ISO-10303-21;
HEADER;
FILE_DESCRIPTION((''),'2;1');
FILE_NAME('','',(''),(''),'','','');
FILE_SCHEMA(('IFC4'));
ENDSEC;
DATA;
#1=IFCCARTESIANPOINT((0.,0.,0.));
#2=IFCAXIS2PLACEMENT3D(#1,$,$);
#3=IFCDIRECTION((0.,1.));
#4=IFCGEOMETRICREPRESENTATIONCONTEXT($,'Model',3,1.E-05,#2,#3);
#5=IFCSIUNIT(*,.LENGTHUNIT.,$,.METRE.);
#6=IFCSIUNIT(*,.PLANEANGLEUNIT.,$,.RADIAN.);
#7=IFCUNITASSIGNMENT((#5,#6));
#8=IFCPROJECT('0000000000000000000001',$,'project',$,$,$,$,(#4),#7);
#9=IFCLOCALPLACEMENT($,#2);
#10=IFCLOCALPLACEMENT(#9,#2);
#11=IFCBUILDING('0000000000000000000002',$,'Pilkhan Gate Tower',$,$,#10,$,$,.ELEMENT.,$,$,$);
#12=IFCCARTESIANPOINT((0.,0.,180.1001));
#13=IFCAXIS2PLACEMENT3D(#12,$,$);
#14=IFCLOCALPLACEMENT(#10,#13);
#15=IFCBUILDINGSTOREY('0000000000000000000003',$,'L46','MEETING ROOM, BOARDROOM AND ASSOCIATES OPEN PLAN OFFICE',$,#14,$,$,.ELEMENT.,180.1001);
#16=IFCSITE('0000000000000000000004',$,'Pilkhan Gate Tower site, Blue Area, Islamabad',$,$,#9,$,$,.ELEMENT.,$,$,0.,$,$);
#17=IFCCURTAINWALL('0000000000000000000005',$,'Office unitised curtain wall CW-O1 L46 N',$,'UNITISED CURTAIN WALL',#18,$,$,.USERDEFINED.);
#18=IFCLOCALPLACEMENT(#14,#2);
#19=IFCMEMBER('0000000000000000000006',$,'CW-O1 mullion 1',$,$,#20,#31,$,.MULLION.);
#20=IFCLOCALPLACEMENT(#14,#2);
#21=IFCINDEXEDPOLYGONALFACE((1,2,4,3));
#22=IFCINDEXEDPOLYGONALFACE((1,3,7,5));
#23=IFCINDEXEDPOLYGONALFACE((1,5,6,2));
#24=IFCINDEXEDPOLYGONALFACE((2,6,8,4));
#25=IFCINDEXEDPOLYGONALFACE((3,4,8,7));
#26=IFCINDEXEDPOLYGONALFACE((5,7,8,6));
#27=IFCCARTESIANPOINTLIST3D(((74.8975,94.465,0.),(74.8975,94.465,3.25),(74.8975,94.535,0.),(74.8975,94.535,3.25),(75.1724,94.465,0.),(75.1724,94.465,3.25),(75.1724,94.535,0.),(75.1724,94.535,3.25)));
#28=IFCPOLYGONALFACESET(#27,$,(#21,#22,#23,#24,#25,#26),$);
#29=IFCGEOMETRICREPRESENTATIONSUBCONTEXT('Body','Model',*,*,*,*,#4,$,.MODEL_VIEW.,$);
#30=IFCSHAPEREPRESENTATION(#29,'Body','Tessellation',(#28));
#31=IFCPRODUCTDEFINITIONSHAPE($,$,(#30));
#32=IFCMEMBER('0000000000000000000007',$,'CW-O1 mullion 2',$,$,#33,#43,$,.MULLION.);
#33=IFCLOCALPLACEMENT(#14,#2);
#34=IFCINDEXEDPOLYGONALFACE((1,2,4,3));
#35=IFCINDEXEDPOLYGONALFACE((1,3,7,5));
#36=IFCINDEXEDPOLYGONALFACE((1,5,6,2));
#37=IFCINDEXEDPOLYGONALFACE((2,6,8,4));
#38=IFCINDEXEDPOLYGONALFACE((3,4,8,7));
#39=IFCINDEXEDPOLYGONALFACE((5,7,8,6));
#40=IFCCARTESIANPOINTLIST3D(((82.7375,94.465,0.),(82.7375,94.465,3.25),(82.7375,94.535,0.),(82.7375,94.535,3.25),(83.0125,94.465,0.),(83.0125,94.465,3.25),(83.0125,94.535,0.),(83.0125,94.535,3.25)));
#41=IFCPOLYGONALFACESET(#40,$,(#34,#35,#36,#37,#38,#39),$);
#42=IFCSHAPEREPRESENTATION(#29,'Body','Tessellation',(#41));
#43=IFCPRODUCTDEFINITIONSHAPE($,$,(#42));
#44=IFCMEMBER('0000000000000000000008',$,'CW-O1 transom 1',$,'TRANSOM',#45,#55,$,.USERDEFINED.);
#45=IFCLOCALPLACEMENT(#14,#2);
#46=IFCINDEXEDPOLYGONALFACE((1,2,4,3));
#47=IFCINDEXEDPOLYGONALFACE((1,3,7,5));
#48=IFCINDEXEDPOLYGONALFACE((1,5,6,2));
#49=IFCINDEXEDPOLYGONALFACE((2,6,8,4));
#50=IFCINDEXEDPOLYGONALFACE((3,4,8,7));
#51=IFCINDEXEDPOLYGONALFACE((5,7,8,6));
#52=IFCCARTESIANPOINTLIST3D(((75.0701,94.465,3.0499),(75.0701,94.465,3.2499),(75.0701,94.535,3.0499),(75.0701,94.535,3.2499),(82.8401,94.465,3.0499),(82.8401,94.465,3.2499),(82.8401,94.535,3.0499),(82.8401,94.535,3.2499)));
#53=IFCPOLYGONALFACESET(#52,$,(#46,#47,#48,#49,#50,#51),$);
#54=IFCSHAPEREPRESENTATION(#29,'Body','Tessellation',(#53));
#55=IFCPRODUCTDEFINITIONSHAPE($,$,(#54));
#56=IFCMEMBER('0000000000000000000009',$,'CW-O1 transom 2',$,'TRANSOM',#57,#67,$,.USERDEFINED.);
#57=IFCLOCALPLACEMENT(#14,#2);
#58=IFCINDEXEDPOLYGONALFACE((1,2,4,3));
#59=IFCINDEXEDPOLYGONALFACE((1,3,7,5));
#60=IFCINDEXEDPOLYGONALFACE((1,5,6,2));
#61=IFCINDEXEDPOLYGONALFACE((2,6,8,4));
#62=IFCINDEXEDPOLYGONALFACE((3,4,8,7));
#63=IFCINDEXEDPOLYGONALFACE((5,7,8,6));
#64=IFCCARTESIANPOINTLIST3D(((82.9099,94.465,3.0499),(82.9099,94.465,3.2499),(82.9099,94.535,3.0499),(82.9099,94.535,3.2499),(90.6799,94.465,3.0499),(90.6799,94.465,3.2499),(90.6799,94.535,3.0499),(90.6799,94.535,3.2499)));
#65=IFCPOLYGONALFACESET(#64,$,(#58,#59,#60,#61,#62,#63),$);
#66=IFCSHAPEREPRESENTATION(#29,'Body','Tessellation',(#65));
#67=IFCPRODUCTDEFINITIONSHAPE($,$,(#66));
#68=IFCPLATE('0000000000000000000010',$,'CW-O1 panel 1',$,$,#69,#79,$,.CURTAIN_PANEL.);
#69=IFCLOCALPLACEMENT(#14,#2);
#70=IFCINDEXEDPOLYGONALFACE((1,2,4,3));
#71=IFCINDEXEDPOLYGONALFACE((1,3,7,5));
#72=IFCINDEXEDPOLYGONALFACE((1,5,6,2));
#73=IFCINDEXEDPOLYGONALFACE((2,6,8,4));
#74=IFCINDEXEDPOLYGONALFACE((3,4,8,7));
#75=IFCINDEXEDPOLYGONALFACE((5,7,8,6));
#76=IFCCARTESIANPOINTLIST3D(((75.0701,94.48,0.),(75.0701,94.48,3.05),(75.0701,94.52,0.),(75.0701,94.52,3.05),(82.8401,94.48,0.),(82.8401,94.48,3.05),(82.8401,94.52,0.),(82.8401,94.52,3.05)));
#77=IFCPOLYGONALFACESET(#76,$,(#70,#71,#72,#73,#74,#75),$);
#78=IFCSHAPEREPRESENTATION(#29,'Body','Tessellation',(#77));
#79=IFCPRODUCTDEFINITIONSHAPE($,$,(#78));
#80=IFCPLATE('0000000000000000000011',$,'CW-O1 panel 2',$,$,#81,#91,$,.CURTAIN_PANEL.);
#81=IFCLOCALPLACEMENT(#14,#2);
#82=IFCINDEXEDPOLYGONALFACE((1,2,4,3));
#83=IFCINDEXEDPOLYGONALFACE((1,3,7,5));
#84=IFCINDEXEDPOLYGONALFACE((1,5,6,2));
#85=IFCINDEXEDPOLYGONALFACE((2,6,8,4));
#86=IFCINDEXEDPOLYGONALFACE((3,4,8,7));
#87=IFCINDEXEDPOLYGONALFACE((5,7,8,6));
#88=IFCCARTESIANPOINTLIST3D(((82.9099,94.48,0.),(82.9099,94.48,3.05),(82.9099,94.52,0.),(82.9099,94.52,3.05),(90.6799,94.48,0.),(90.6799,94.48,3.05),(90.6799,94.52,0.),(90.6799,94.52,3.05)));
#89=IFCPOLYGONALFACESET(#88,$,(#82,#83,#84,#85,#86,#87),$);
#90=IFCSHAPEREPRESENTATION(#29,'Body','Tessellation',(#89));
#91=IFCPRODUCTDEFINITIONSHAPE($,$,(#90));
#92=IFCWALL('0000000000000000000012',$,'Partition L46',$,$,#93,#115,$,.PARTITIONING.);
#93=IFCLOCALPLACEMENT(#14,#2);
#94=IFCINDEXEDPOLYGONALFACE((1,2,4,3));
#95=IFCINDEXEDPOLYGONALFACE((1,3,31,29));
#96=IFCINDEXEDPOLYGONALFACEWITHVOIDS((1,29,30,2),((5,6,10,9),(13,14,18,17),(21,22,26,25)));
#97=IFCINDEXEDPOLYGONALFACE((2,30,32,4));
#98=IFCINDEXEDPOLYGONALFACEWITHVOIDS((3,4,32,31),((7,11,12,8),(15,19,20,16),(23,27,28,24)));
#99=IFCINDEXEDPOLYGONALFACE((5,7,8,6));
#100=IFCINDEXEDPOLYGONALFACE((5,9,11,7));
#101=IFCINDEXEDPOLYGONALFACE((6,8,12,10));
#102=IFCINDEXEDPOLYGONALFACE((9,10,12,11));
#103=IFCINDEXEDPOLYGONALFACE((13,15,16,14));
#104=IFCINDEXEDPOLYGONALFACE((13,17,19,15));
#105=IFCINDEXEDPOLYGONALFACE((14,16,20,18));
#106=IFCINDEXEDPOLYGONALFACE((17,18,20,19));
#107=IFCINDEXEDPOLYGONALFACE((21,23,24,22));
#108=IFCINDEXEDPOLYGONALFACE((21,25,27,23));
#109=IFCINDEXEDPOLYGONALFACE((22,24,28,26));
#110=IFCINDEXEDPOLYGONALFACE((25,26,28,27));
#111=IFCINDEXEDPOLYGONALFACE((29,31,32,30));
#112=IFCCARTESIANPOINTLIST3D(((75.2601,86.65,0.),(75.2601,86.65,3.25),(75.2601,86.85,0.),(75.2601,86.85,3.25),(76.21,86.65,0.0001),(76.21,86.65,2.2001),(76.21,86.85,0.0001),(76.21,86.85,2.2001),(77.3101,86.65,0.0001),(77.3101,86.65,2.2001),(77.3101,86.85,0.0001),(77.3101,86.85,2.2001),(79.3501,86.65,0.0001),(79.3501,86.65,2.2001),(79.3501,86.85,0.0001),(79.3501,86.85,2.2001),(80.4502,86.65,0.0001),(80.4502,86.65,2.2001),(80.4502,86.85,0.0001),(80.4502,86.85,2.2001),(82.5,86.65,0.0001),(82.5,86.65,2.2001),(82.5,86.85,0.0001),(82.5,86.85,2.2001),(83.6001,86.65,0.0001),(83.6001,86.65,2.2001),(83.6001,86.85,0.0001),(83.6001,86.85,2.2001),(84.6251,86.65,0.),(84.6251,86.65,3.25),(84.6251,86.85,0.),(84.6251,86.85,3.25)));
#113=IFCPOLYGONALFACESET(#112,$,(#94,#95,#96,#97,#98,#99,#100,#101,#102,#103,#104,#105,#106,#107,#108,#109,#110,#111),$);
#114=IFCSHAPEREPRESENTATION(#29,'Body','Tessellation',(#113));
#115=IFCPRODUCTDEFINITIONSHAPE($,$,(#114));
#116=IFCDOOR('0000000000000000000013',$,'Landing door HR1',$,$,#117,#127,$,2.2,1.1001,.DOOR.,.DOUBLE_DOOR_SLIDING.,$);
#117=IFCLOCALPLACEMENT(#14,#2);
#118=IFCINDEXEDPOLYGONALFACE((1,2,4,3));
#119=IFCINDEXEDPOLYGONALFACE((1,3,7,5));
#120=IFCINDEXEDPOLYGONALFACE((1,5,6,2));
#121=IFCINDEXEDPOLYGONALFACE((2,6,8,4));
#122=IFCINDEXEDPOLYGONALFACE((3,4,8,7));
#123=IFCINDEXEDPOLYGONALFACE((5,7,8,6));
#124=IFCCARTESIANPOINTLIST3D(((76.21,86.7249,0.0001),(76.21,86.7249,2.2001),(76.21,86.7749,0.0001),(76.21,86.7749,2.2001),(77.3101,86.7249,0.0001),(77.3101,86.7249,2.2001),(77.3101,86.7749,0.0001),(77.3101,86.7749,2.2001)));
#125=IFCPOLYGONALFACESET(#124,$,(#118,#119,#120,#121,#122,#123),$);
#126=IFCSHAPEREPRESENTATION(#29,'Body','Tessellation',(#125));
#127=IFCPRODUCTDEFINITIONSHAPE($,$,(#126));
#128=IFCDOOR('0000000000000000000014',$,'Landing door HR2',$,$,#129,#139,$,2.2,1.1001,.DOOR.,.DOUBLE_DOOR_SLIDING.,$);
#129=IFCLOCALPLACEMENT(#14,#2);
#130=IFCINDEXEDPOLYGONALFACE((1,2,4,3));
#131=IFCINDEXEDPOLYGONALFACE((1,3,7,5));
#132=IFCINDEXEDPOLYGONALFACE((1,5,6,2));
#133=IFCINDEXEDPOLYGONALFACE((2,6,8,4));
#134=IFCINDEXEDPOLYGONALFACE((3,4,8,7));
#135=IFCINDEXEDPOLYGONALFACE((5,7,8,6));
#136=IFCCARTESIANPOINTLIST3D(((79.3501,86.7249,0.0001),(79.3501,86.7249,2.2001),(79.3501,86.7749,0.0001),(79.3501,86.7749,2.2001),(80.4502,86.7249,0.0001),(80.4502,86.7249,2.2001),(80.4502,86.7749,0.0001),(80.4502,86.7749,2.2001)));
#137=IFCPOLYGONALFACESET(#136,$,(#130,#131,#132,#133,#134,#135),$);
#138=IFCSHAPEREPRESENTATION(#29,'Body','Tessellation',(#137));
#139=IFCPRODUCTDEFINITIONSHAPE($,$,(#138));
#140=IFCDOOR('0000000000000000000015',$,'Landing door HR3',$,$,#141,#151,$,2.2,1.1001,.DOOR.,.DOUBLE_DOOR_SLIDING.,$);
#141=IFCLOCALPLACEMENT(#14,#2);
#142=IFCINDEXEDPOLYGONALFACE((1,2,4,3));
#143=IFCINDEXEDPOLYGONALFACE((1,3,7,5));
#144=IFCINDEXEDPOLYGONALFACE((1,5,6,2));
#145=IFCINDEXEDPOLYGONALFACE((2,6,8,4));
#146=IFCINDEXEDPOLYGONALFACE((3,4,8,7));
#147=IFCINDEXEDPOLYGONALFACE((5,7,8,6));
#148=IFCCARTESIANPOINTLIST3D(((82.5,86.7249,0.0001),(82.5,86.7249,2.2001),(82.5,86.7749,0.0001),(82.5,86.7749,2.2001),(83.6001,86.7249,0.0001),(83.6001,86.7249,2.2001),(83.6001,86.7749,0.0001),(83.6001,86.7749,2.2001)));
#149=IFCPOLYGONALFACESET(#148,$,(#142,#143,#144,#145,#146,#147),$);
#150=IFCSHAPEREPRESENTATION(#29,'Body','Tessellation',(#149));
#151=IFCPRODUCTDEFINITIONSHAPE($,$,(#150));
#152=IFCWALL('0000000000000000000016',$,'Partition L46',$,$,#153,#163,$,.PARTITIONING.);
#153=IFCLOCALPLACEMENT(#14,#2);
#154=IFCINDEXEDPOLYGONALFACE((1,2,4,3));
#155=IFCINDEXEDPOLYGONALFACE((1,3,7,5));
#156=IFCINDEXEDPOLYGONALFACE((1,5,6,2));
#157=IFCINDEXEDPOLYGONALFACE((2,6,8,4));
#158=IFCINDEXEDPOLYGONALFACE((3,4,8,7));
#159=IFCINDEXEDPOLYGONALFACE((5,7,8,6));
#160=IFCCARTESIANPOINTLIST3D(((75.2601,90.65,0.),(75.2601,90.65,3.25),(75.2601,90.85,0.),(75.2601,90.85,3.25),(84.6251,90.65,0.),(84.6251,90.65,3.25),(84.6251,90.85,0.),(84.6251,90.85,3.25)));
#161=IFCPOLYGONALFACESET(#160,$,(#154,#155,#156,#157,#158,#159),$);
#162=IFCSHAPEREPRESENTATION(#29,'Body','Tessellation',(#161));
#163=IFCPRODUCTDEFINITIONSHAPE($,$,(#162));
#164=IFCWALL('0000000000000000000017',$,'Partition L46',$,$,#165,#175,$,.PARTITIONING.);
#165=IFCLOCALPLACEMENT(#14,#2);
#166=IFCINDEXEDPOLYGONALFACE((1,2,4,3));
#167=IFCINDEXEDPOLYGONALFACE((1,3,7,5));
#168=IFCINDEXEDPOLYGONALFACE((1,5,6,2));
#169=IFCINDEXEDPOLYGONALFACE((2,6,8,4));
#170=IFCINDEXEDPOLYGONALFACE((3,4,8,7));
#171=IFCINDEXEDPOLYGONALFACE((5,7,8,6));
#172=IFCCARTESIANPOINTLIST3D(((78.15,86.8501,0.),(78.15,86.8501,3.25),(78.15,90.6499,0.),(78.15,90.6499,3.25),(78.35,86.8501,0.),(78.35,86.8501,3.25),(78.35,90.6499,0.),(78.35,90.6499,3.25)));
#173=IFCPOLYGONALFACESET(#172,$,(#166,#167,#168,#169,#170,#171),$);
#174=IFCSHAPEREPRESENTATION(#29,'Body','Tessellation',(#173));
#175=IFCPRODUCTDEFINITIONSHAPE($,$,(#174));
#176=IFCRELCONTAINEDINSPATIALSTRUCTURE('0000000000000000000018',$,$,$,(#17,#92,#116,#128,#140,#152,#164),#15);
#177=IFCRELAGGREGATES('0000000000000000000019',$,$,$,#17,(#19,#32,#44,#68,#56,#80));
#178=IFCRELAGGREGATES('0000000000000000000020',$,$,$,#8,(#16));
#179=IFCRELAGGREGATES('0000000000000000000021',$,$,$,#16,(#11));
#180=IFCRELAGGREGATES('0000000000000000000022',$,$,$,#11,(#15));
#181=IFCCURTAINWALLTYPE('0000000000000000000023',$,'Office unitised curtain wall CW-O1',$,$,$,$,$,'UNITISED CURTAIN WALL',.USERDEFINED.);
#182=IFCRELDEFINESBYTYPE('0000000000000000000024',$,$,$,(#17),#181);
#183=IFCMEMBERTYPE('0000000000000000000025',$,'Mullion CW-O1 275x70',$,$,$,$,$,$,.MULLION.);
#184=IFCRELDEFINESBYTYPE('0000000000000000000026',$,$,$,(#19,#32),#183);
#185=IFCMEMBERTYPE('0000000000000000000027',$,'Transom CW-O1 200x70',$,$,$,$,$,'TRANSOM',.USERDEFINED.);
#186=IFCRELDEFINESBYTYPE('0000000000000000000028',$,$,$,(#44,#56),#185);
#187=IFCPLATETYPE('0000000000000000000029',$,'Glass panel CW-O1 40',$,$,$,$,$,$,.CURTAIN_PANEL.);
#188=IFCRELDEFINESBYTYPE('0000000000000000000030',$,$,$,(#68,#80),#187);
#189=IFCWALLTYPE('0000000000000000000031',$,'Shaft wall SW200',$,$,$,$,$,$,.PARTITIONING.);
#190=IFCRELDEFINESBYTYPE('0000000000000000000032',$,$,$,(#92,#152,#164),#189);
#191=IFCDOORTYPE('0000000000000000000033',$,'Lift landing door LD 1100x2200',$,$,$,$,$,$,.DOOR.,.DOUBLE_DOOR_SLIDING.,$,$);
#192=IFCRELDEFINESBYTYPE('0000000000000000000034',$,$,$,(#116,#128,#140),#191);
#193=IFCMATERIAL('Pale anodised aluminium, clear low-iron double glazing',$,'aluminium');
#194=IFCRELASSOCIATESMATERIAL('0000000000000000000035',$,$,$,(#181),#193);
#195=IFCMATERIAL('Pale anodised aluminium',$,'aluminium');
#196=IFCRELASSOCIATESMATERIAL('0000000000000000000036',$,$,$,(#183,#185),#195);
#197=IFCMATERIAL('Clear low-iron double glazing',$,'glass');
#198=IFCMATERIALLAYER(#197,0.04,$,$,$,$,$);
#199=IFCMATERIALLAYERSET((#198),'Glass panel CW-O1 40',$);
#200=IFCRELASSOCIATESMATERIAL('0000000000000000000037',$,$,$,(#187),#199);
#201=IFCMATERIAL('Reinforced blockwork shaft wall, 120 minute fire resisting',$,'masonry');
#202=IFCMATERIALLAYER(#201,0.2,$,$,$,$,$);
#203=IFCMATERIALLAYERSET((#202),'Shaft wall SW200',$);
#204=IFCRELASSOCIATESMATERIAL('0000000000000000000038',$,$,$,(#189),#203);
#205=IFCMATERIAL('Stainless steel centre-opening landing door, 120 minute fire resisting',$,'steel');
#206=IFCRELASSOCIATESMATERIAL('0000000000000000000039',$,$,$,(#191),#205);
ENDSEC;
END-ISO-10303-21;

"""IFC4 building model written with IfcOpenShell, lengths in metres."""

from ifc_helpers import new_model, si_unit, direction, frame, frame_2d, origin, origin_2d, place, context, subcontext, project, spatial, rectangle, extrude, material, layer, layer_set, material_profile, profile_set, type_object, element, fill, aggregate, save


model = new_model("IFC4")

# Units and contexts
model_context = context("Model", 3, precision=1e-05, world=origin(), true_north=direction((0.0, 1.0)))
body_context = subcontext(model_context, "Body", "Model", "MODEL_VIEW")
ifc_project = project(units=[si_unit("LENGTHUNIT", "METRE"), si_unit("PLANEANGLEUNIT", "RADIAN")], contexts=[model_context])

# Site, building, storey
site_placement = place(None, origin())
site = spatial("IfcSite", under=ifc_project, at=site_placement, Name="Pilkhan Gate Tower site, Blue Area, Islamabad", CompositionType="ELEMENT", RefElevation=0.0)
building_placement = place(site_placement, origin())
building = spatial("IfcBuilding", under=site, at=building_placement, Name="Pilkhan Gate Tower", CompositionType="ELEMENT")
storey_placement = place(building_placement, frame((0.0, 0.0, 180.1001)))
storey = spatial("IfcBuildingStorey", under=building, at=storey_placement, Name="L46", Description="MEETING ROOM, BOARDROOM AND ASSOCIATES OPEN PLAN OFFICE", CompositionType="ELEMENT", Elevation=180.1001)

# Curtain wall, members, plates
ifc_material_1 = material(Name="Pale anodised aluminium, clear low-iron double glazing", Category="aluminium")
curtain_wall_type = type_object("IfcCurtainWallType", Name="Office unitised curtain wall CW-O1", ElementType="UNITISED CURTAIN WALL", PredefinedType="USERDEFINED", material=ifc_material_1)
curtain_wall_placement = place(storey_placement, origin())
curtain_wall = element("IfcCurtainWall", 1, at=curtain_wall_placement, inside=storey, type_object=curtain_wall_type, Name="Office unitised curtain wall CW-O1 L46 N", ObjectType="UNITISED CURTAIN WALL", PredefinedType="USERDEFINED")
ifc_material_2 = material(Name="Pale anodised aluminium", Category="aluminium")
ifc_material_profile_1 = material_profile(ifc_material_2, rectangle(XDim=0.0701, YDim=0.2749, at=origin_2d()), Name="Mullion 275x70")
ifc_profile_set_1 = profile_set([ifc_material_profile_1], Name="Pale anodised aluminium")
member_type_1 = type_object("IfcMemberType", Name="Mullion CW-O1 275x70", PredefinedType="MULLION", material=ifc_profile_set_1)
member_1_placement = place(storey_placement, frame((75.0349, 94.5, 0.0), z_axis=(0.0, 0.0, 1.0), x_axis=(0.0, 1.0, 0.0)))
member_1 = element("IfcMember", 2, at=member_1_placement, type_object=member_type_1, Name="CW-O1 mullion 1", PredefinedType="MULLION", context=body_context, shape_type="SweptSolid", body=[
    extrude(rectangle(XDim=0.0701, YDim=0.2749, at=origin_2d()), origin(), (0.0, 0.0, 1.0), 3.25),
])
member_2_placement = place(storey_placement, frame((82.875, 94.5, 0.0), z_axis=(0.0, 0.0, 1.0), x_axis=(0.0, 1.0, 0.0)))
member_2 = element("IfcMember", 3, at=member_2_placement, type_object=member_type_1, Name="CW-O1 mullion 2", PredefinedType="MULLION", context=body_context, shape_type="SweptSolid", body=[
    extrude(rectangle(XDim=0.0701, YDim=0.2749, at=origin_2d()), origin(), (0.0, 0.0, 1.0), 3.25),
])
ifc_material_profile_2 = material_profile(ifc_material_2, rectangle(XDim=0.0701, YDim=0.2, at=origin_2d()), Name="Transom 200x70")
ifc_profile_set_2 = profile_set([ifc_material_profile_2], Name="Pale anodised aluminium")
member_type_2 = type_object("IfcMemberType", Name="Transom CW-O1 200x70", ElementType="TRANSOM", PredefinedType="USERDEFINED", material=ifc_profile_set_2)
member_3_placement = place(storey_placement, frame((75.0701, 94.5, 3.1499), z_axis=(1.0, 0.0, 0.0), x_axis=(0.0, 1.0, 0.0)))
member_3 = element("IfcMember", 4, at=member_3_placement, type_object=member_type_2, Name="CW-O1 transom 1", ObjectType="TRANSOM", PredefinedType="USERDEFINED", context=body_context, shape_type="SweptSolid", body=[
    extrude(rectangle(XDim=0.0701, YDim=0.2, at=origin_2d()), origin(), (0.0, 0.0, 1.0), 7.77),
])
member_4_placement = place(storey_placement, frame((82.9099, 94.5, 3.1499), z_axis=(1.0, 0.0, 0.0), x_axis=(0.0, 1.0, 0.0)))
member_4 = element("IfcMember", 5, at=member_4_placement, type_object=member_type_2, Name="CW-O1 transom 2", ObjectType="TRANSOM", PredefinedType="USERDEFINED", context=body_context, shape_type="SweptSolid", body=[
    extrude(rectangle(XDim=0.0701, YDim=0.2, at=origin_2d()), origin(), (0.0, 0.0, 1.0), 7.77),
])
ifc_material_3 = material(Name="Clear low-iron double glazing", Category="glass")
ifc_layer_1 = layer(ifc_material_3, 0.04)
ifc_layer_set_1 = layer_set([ifc_layer_1], Name="Glass panel CW-O1 40")
plate_type = type_object("IfcPlateType", Name="Glass panel CW-O1 40", PredefinedType="CURTAIN_PANEL", material=ifc_layer_set_1)
plate_1_placement = place(storey_placement, frame((78.9551, 94.5, 0.0), z_axis=(0.0, 0.0, 1.0), x_axis=(1.0, 0.0, 0.0)))
plate_1 = element("IfcPlate", 6, at=plate_1_placement, type_object=plate_type, Name="CW-O1 panel 1", PredefinedType="CURTAIN_PANEL", context=body_context, shape_type="SweptSolid", body=[
    extrude(rectangle(XDim=7.77, YDim=0.04, at=origin_2d()), origin(), (0.0, 0.0, 1.0), 3.05),
])
plate_2_placement = place(storey_placement, frame((86.7949, 94.5, 0.0), z_axis=(0.0, 0.0, 1.0), x_axis=(1.0, 0.0, 0.0)))
plate_2 = element("IfcPlate", 7, at=plate_2_placement, type_object=plate_type, Name="CW-O1 panel 2", PredefinedType="CURTAIN_PANEL", context=body_context, shape_type="SweptSolid", body=[
    extrude(rectangle(XDim=7.77, YDim=0.04, at=origin_2d()), origin(), (0.0, 0.0, 1.0), 3.05),
])
aggregate(curtain_wall, [member_1, member_2, member_3, plate_1, member_4, plate_2])

# Wall, openings, doors
ifc_material_4 = material(Name="Reinforced blockwork shaft wall, 120 minute fire resisting", Category="masonry")
ifc_layer_2 = layer(ifc_material_4, 0.2)
ifc_layer_set_2 = layer_set([ifc_layer_2], Name="Shaft wall SW200")
wall_type_1 = type_object("IfcWallType", Name="Shaft wall SW200", PredefinedType="PARTITIONING", material=ifc_layer_set_2)
wall_1_placement = place(storey_placement, frame((75.26, 86.75, 0.0), z_axis=(0.0, 0.0, 1.0), x_axis=(1.0, 0.0, 0.0)))
wall_1 = element("IfcWall", 8, at=wall_1_placement, inside=storey, type_object=wall_type_1, Name="Partition L46", PredefinedType="PARTITIONING", context=body_context, shape_type="SweptSolid", body=[
    extrude(rectangle(XDim=9.365, YDim=0.2, at=frame_2d((4.6826, 0.0))), origin(), (0.0, 0.0, 1.0), 3.25),
])
opening_1_placement = place(wall_1_placement, frame((0.95, 0.0, 0.0)))
opening_1 = element("IfcOpeningElement", 9, at=opening_1_placement, cuts=wall_1, PredefinedType="OPENING", context=body_context, shape_type="SweptSolid", body=[
    extrude(rectangle(XDim=1.1001, YDim=2.2, at=frame_2d((0.55, 1.1001))), frame((0.0, 0.1099, 0.0), z_axis=(0.0, -1.0, 0.0), x_axis=(1.0, 0.0, 0.0)), (0.0, 0.0, 1.0), 0.22),
])
opening_2_placement = place(wall_1_placement, frame((4.0901, 0.0, 0.0)))
opening_2 = element("IfcOpeningElement", 10, at=opening_2_placement, cuts=wall_1, PredefinedType="OPENING", context=body_context, shape_type="SweptSolid", body=[
    extrude(rectangle(XDim=1.1001, YDim=2.2, at=frame_2d((0.55, 1.1001))), frame((0.0, 0.1099, 0.0), z_axis=(0.0, -1.0, 0.0), x_axis=(1.0, 0.0, 0.0)), (0.0, 0.0, 1.0), 0.22),
])
opening_3_placement = place(wall_1_placement, frame((7.24, 0.0, 0.0)))
opening_3 = element("IfcOpeningElement", 11, at=opening_3_placement, cuts=wall_1, PredefinedType="OPENING", context=body_context, shape_type="SweptSolid", body=[
    extrude(rectangle(XDim=1.1001, YDim=2.2, at=frame_2d((0.55, 1.1001))), frame((0.0, 0.1099, 0.0), z_axis=(0.0, -1.0, 0.0), x_axis=(1.0, 0.0, 0.0)), (0.0, 0.0, 1.0), 0.22),
])
ifc_material_5 = material(Name="Stainless steel centre-opening landing door, 120 minute fire resisting", Category="steel")
door_type = type_object("IfcDoorType", Name="Lift landing door LD 1100x2200", OperationType="DOUBLE_DOOR_SLIDING", PredefinedType="DOOR", material=ifc_material_5)
door_1_placement = place(opening_1_placement, origin())
door_1 = element("IfcDoor", 12, at=door_1_placement, inside=storey, type_object=door_type, Name="Landing door HR1", OperationType="DOUBLE_DOOR_SLIDING", OverallHeight=2.2, OverallWidth=1.1001, PredefinedType="DOOR", context=body_context, shape_type="SweptSolid", body=[
    extrude(rectangle(XDim=1.1001, YDim=2.2, at=frame_2d((0.55, 1.1001))), frame((0.0, 0.0249, 0.0), z_axis=(0.0, -1.0, 0.0), x_axis=(1.0, 0.0, 0.0)), (0.0, 0.0, 1.0), 0.05),
])
fill(opening_1, door_1)
door_2_placement = place(opening_2_placement, origin())
door_2 = element("IfcDoor", 13, at=door_2_placement, inside=storey, type_object=door_type, Name="Landing door HR2", OperationType="DOUBLE_DOOR_SLIDING", OverallHeight=2.2, OverallWidth=1.1001, PredefinedType="DOOR", context=body_context, shape_type="SweptSolid", body=[
    extrude(rectangle(XDim=1.1001, YDim=2.2, at=frame_2d((0.55, 1.1001))), frame((0.0, 0.0249, 0.0), z_axis=(0.0, -1.0, 0.0), x_axis=(1.0, 0.0, 0.0)), (0.0, 0.0, 1.0), 0.05),
])
fill(opening_2, door_2)
door_3_placement = place(opening_3_placement, origin())
door_3 = element("IfcDoor", 14, at=door_3_placement, inside=storey, type_object=door_type, Name="Landing door HR3", OperationType="DOUBLE_DOOR_SLIDING", OverallHeight=2.2, OverallWidth=1.1001, PredefinedType="DOOR", context=body_context, shape_type="SweptSolid", body=[
    extrude(rectangle(XDim=1.1001, YDim=2.2, at=frame_2d((0.55, 1.1001))), frame((0.0, 0.0249, 0.0), z_axis=(0.0, -1.0, 0.0), x_axis=(1.0, 0.0, 0.0)), (0.0, 0.0, 1.0), 0.05),
])
fill(opening_3, door_3)

# Walls
wall_2_placement = place(storey_placement, frame((75.26, 90.75, 0.0), z_axis=(0.0, 0.0, 1.0), x_axis=(1.0, 0.0, 0.0)))
element("IfcWall", 15, at=wall_2_placement, inside=storey, type_object=wall_type_1, Name="Partition L46", PredefinedType="PARTITIONING", context=body_context, shape_type="SweptSolid", body=[
    extrude(rectangle(XDim=9.365, YDim=0.2, at=frame_2d((4.6826, 0.0))), origin(), (0.0, 0.0, 1.0), 3.25),
])
for number, where, z_axis, x_axis, name in (
    (16, (78.25, 86.8501, 0.0), (0.0, 0.0, 1.0), (0.0, 1.0, 0.0), "Partition L46"),
):
    element("IfcWall", number, at=place(storey_placement, frame(where, z_axis=z_axis, x_axis=x_axis)), inside=storey, type_object=wall_type_1, Name=name, PredefinedType="PARTITIONING", context=body_context, shape_type="SweptSolid", body=[
        extrude(rectangle(XDim=3.7998, YDim=0.2, at=frame_2d((1.8999, 0.0))), origin(), (0.0, 0.0, 1.0), 3.25),
    ])

save(model, "model.ifc")
